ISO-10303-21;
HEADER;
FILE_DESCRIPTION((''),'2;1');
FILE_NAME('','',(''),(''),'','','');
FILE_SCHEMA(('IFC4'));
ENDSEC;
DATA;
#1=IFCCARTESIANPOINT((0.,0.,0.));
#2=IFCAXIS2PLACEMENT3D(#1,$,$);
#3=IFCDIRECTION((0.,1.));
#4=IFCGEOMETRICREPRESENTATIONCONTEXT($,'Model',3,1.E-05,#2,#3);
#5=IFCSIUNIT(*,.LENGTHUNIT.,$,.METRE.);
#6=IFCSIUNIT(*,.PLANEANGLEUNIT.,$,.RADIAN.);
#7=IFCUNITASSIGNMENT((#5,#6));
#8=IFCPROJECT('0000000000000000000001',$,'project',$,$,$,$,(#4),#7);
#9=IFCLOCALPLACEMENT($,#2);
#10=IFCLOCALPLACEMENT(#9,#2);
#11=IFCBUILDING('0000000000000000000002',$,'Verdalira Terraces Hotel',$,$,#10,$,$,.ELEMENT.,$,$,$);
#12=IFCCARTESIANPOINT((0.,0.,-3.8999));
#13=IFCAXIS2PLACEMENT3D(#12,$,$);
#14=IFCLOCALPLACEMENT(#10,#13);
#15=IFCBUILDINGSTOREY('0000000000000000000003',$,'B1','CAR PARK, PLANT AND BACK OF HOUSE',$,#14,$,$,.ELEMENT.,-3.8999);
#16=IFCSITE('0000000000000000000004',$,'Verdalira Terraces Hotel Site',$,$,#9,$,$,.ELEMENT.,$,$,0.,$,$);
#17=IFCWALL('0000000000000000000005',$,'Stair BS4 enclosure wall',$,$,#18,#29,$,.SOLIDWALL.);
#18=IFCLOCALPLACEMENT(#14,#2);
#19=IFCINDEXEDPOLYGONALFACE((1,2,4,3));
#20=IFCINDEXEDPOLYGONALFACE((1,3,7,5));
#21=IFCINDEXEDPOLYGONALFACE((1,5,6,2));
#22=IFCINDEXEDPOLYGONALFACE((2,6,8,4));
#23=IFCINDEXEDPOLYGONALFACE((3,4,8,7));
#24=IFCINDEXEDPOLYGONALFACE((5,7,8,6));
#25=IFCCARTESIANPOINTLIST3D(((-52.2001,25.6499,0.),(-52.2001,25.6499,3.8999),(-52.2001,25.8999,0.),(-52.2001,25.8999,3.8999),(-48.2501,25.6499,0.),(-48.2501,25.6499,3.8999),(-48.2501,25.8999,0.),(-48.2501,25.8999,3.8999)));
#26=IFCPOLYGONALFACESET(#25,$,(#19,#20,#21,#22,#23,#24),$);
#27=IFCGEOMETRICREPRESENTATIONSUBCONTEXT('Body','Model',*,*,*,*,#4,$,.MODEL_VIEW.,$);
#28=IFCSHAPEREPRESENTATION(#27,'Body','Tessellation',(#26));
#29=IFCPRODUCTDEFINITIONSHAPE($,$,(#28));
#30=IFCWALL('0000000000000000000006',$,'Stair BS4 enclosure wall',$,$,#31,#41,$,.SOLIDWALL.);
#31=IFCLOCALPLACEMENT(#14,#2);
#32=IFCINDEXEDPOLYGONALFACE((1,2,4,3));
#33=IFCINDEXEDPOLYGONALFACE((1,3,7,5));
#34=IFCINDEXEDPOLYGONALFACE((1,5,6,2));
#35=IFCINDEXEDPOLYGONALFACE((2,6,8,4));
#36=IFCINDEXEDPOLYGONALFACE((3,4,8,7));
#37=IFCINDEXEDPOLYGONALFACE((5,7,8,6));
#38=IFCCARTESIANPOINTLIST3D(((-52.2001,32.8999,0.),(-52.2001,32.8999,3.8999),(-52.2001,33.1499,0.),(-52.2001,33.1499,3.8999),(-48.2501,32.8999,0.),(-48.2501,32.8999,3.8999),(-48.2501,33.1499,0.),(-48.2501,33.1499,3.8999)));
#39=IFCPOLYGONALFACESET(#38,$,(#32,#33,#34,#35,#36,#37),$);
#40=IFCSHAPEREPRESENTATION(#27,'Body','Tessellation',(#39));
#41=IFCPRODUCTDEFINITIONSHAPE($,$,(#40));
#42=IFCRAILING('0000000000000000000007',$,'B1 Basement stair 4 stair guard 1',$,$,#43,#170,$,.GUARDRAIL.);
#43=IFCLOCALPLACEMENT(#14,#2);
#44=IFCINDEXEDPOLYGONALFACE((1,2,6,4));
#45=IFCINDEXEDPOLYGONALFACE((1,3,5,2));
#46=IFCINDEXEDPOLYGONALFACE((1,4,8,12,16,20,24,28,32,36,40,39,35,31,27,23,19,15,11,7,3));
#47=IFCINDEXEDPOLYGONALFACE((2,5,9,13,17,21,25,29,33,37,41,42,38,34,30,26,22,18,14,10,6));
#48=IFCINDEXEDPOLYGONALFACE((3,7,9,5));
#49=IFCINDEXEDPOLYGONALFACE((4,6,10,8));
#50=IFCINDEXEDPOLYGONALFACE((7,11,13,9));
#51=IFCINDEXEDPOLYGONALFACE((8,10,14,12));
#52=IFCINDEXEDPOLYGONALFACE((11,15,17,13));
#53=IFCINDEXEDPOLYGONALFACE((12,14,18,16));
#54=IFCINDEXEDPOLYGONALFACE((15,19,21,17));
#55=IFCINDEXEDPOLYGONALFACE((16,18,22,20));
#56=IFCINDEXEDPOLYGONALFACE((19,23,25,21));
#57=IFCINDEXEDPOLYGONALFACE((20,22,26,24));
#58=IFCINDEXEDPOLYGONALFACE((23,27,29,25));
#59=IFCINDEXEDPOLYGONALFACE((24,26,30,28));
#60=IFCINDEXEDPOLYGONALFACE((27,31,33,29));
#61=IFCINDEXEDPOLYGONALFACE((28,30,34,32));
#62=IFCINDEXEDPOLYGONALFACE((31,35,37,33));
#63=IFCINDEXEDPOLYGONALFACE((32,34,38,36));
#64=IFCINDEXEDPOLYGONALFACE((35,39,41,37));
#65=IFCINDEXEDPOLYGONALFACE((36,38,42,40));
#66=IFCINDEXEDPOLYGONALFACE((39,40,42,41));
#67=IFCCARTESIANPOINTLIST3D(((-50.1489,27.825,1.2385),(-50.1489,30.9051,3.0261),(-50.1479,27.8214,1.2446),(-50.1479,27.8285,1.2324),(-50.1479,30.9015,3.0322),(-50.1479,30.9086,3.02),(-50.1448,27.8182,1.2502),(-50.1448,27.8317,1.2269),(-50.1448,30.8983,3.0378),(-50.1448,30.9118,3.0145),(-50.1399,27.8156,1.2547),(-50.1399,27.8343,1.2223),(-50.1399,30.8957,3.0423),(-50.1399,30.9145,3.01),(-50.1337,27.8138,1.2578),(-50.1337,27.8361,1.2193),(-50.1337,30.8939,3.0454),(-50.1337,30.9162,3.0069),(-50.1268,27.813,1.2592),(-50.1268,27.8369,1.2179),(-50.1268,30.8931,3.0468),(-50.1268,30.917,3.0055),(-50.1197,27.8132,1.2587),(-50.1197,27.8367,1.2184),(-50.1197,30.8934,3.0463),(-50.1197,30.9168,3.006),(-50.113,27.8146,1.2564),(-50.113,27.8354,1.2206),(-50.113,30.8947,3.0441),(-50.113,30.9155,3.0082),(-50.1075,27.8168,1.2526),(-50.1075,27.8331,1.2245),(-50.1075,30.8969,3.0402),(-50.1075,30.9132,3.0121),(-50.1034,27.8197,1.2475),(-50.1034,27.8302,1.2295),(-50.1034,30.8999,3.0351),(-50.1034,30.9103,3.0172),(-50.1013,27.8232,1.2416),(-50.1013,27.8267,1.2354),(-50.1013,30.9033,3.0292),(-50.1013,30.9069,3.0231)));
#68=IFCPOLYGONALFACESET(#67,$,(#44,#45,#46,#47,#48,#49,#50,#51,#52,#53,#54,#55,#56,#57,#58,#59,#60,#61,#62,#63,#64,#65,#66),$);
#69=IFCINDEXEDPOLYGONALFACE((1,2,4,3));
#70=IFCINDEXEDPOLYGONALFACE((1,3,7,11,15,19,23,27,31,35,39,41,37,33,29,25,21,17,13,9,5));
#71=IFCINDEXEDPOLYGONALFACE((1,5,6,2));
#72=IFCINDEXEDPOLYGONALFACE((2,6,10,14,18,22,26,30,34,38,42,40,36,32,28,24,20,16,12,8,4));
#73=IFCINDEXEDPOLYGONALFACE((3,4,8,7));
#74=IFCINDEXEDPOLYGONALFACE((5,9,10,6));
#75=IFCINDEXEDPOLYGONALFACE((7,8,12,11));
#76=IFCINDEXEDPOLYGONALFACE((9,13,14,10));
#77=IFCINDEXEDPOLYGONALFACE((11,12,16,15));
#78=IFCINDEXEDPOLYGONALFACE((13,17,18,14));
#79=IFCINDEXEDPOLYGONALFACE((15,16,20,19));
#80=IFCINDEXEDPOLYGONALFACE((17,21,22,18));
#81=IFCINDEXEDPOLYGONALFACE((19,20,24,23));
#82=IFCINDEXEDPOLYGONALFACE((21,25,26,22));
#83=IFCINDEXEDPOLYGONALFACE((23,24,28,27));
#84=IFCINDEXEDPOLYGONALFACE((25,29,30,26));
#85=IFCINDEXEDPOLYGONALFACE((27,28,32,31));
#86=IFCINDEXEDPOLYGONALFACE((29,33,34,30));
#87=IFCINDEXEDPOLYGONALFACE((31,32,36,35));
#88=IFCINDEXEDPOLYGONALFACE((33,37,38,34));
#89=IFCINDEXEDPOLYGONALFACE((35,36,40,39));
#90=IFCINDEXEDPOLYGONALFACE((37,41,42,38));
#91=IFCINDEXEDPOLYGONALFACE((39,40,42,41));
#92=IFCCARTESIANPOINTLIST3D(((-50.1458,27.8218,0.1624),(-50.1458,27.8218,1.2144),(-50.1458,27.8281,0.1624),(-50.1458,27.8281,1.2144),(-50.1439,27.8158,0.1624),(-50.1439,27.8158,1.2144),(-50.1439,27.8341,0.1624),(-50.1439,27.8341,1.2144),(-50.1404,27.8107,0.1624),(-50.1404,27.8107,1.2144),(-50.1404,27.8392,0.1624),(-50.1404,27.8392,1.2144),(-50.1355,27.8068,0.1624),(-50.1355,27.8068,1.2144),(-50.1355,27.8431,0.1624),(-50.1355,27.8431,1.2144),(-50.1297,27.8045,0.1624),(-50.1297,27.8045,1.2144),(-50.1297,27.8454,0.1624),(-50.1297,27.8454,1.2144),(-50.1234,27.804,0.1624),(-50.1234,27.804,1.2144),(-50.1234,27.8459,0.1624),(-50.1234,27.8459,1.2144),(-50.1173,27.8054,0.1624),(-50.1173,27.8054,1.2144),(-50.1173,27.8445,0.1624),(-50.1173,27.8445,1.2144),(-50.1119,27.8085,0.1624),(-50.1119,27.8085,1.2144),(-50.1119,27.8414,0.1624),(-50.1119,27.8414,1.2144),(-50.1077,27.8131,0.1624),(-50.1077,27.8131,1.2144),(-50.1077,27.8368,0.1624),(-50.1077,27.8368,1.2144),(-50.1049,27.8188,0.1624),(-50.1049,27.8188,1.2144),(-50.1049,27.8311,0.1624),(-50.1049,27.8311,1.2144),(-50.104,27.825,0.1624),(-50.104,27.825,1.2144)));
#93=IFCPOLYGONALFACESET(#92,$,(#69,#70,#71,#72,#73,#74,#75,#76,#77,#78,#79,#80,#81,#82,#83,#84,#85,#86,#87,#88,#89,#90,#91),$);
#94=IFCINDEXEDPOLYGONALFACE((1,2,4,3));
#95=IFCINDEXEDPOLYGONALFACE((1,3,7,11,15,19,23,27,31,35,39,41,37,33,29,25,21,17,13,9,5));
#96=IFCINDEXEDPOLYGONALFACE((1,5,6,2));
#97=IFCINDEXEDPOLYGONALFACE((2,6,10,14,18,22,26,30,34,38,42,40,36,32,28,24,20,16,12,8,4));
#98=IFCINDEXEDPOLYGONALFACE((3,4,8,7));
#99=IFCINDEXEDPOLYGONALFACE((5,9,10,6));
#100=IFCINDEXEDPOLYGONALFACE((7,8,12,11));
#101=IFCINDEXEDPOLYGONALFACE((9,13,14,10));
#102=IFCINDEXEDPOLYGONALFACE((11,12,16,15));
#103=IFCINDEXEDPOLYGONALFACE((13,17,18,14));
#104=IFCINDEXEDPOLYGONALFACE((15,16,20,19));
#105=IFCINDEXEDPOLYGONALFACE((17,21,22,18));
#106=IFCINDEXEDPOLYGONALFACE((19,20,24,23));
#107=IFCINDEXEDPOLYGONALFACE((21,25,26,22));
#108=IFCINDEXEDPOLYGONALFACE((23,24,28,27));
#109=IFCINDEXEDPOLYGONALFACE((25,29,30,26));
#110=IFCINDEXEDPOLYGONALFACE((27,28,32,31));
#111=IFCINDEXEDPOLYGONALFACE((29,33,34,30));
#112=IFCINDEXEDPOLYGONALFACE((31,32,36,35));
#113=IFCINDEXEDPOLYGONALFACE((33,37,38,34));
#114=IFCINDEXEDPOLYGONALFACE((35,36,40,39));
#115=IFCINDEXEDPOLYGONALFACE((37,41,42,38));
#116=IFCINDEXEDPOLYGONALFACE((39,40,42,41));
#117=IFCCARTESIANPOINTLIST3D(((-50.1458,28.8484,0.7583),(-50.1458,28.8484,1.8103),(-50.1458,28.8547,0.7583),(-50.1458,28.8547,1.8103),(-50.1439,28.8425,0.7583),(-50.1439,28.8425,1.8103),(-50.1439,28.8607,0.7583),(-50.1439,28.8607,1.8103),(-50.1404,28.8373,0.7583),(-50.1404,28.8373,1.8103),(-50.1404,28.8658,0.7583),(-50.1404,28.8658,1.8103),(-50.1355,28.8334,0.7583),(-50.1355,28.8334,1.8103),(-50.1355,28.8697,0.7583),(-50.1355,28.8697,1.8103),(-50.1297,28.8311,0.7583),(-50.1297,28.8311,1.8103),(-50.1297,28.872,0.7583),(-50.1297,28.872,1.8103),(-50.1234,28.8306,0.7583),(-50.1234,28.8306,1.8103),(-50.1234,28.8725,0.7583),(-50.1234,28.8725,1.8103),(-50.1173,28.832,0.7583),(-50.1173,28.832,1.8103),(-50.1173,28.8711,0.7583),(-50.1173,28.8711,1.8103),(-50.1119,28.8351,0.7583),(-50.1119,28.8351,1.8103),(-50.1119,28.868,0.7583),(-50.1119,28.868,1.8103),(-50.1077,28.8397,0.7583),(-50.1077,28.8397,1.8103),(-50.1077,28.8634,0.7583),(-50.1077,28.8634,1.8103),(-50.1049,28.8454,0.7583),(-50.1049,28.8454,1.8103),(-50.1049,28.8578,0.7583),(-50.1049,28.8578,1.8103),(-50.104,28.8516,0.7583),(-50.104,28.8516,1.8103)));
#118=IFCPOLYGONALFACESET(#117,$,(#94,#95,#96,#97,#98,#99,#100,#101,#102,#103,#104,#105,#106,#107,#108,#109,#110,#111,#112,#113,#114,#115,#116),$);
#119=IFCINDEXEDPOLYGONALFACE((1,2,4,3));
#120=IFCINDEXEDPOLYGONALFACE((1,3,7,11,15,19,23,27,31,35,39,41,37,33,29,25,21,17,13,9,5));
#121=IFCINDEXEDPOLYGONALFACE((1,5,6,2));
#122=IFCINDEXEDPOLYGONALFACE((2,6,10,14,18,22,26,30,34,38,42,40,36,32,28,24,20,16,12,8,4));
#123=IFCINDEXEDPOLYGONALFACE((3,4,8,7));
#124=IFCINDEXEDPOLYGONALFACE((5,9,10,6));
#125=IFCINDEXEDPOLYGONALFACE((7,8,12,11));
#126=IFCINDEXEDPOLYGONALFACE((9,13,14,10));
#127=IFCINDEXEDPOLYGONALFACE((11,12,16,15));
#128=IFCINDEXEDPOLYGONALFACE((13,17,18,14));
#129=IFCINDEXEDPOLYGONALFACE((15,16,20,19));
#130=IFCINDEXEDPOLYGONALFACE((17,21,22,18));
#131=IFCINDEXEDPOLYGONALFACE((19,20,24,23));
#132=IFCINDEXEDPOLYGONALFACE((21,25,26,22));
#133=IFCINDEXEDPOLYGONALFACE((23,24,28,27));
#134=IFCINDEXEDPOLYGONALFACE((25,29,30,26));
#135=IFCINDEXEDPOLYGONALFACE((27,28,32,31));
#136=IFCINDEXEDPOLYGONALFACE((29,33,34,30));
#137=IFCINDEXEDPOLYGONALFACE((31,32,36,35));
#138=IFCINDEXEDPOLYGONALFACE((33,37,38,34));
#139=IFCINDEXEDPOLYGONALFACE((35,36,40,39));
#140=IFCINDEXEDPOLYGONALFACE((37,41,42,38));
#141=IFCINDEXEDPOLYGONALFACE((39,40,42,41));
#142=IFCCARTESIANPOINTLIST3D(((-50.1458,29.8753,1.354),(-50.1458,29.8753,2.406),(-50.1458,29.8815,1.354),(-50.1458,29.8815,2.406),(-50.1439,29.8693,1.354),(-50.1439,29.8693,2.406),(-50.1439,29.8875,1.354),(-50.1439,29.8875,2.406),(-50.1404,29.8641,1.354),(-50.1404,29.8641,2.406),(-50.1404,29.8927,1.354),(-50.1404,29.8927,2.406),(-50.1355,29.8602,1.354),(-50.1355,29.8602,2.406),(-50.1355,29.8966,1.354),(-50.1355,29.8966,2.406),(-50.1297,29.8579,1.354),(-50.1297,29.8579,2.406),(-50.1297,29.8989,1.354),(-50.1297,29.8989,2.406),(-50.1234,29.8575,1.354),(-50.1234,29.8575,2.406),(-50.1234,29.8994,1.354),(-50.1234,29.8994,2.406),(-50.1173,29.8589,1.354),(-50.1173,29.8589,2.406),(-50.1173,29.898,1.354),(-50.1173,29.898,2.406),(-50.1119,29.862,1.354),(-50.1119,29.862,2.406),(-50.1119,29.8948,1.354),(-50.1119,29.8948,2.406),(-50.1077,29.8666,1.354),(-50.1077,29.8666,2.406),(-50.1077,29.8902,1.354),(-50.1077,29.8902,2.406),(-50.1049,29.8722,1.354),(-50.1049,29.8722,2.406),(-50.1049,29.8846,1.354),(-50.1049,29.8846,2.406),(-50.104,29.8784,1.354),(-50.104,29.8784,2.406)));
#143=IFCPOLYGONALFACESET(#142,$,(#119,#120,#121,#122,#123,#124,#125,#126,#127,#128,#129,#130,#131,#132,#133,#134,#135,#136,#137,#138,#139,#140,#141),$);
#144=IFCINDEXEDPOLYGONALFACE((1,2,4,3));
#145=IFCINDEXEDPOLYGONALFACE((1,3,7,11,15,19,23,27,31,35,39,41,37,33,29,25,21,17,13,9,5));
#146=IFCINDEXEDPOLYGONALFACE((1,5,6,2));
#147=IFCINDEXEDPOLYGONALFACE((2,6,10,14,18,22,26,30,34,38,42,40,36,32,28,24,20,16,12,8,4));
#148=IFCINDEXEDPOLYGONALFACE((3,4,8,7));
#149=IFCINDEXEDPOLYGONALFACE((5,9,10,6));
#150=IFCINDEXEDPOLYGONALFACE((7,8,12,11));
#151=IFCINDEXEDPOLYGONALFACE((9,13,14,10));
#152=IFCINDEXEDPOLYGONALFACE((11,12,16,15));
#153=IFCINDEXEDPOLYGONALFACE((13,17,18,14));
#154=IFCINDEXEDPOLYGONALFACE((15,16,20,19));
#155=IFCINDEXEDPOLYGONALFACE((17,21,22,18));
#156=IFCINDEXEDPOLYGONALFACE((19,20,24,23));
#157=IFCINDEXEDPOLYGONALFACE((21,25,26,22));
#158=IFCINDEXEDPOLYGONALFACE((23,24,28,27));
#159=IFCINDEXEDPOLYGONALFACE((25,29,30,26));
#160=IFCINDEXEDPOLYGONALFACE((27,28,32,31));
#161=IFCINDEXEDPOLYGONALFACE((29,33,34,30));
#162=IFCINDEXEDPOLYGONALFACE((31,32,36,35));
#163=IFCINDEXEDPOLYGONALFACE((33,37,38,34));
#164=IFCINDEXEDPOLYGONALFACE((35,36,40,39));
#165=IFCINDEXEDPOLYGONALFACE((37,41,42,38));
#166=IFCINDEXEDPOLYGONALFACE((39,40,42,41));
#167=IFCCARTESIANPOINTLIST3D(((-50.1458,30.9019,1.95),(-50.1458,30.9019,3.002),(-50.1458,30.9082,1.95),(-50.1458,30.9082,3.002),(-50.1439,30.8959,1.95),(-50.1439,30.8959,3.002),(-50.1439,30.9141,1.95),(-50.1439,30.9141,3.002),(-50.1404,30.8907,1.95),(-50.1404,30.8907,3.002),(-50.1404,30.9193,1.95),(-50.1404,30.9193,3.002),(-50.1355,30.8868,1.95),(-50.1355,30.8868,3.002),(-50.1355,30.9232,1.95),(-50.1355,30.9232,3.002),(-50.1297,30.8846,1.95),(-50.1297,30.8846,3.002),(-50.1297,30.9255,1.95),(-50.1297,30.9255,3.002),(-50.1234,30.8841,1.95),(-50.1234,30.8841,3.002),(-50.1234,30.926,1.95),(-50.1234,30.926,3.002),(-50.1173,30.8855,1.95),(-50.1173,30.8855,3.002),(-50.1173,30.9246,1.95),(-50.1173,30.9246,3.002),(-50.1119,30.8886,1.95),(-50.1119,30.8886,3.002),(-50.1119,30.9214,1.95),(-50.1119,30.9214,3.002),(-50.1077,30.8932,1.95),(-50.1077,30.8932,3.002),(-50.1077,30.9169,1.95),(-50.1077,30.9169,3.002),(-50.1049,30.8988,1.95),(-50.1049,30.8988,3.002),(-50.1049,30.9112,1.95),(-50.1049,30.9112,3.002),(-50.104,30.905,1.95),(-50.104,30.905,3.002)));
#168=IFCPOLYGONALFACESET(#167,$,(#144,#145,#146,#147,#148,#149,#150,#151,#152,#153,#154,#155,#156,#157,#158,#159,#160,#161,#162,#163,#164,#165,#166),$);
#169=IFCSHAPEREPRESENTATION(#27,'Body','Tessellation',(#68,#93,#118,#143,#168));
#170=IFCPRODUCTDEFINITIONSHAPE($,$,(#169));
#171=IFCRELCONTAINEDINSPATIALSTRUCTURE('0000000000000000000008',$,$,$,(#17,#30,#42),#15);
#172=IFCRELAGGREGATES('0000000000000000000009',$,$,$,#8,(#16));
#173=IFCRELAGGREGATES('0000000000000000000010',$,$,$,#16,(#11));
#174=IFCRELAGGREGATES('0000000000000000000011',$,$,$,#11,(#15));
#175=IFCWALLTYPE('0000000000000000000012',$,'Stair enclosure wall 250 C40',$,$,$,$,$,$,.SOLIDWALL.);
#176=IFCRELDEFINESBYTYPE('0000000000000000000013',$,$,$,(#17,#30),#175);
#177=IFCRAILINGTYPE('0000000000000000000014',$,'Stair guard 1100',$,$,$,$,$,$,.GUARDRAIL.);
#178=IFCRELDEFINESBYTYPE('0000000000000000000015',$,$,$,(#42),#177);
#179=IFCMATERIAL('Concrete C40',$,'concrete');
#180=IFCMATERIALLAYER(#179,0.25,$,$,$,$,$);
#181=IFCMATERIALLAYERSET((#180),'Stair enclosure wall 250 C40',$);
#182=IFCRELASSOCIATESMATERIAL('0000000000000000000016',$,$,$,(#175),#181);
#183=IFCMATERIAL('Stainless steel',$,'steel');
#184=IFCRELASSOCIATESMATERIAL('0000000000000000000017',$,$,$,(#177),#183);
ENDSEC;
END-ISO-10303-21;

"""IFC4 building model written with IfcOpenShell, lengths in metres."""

from ifc_helpers import new_model, si_unit, direction, frame, frame_2d, origin, origin_2d, place, context, subcontext, project, spatial, rectangle, circle, extrude, material, layer, layer_set, type_object, element, save


model = new_model("IFC4")

# Units and contexts
model_context = context("Model", 3, precision=1e-05, world=origin(), true_north=direction((0.0, 1.0)))
body_context = subcontext(model_context, "Body", "Model", "MODEL_VIEW")
ifc_project = project(units=[si_unit("LENGTHUNIT", "METRE"), si_unit("PLANEANGLEUNIT", "RADIAN")], contexts=[model_context])

# Site, building, storey
site_placement = place(None, origin())
site = spatial("IfcSite", under=ifc_project, at=site_placement, Name="Verdalira Terraces Hotel Site", CompositionType="ELEMENT", RefElevation=0.0)
building_placement = place(site_placement, origin())
building = spatial("IfcBuilding", under=site, at=building_placement, Name="Verdalira Terraces Hotel", CompositionType="ELEMENT")
storey_placement = place(building_placement, frame((0.0, 0.0, -3.8999)))
storey = spatial("IfcBuildingStorey", under=building, at=storey_placement, Name="B1", Description="CAR PARK, PLANT AND BACK OF HOUSE", CompositionType="ELEMENT", Elevation=-3.8999)

# Shared definitions
ifc_material_1 = material(Name="Concrete C40", Category="concrete")
ifc_layer_1 = layer(ifc_material_1, 0.25)
ifc_layer_set_1 = layer_set([ifc_layer_1], Name="Stair enclosure wall 250 C40")
wall_type_1 = type_object("IfcWallType", Name="Stair enclosure wall 250 C40", PredefinedType="SOLIDWALL", material=ifc_layer_set_1)

# Walls
for number, where, z_axis, x_axis, name in (
    (1, (-48.25, 25.7749, 0.0), (0.0, 0.0, 1.0), (-1.0, 0.0, 0.0), "Stair BS4 enclosure wall"),
    (2, (-48.25, 33.0249, 0.0), (0.0, 0.0, 1.0), (-1.0, 0.0, 0.0), "Stair BS4 enclosure wall"),
):
    element("IfcWall", number, at=place(storey_placement, frame(where, z_axis=z_axis, x_axis=x_axis)), inside=storey, type_object=wall_type_1, Name=name, PredefinedType="SOLIDWALL", context=body_context, shape_type="SweptSolid", body=[
        extrude(rectangle(XDim=3.95, YDim=0.25, at=frame_2d((1.9751, 0.0))), origin(), (0.0, 0.0, 1.0), 3.8999),
    ])

# Railing
ifc_material_2 = material(Name="Stainless steel", Category="steel")
railing_type_1 = type_object("IfcRailingType", Name="Stair guard 1100", PredefinedType="GUARDRAIL", material=ifc_material_2)
railing_1_placement = place(storey_placement, frame((-50.125, 27.825, 0.1624)))
element("IfcRailing", 3, at=railing_1_placement, inside=storey, type_object=railing_type_1, Name="B1 Basement stair 4 stair guard 1", PredefinedType="GUARDRAIL", context=body_context, shape_type="SweptSolid", body=[
    extrude(circle(Radius=0.0239, at=origin_2d()), frame((0.0, 0.0, 1.0762), z_axis=(0.0, 0.864891, 0.50196), x_axis=(-1.0, 0.0, 0.0)), (0.0, 0.0, 1.0), 3.5613),
    extrude(circle(Radius=0.021, at=origin_2d()), origin(), (0.0, 0.0, 1.0), 1.052),
    extrude(circle(Radius=0.021, at=origin_2d()), frame((0.0, 1.0266, 0.5959)), (0.0, 0.0, 1.0), 1.052),
    extrude(circle(Radius=0.021, at=origin_2d()), frame((0.0, 2.0535, 1.1917)), (0.0, 0.0, 1.0), 1.052),
    extrude(circle(Radius=0.021, at=origin_2d()), frame((0.0, 3.0801, 1.7876)), (0.0, 0.0, 1.0), 1.052),
])

save(model, "model.ifc")
